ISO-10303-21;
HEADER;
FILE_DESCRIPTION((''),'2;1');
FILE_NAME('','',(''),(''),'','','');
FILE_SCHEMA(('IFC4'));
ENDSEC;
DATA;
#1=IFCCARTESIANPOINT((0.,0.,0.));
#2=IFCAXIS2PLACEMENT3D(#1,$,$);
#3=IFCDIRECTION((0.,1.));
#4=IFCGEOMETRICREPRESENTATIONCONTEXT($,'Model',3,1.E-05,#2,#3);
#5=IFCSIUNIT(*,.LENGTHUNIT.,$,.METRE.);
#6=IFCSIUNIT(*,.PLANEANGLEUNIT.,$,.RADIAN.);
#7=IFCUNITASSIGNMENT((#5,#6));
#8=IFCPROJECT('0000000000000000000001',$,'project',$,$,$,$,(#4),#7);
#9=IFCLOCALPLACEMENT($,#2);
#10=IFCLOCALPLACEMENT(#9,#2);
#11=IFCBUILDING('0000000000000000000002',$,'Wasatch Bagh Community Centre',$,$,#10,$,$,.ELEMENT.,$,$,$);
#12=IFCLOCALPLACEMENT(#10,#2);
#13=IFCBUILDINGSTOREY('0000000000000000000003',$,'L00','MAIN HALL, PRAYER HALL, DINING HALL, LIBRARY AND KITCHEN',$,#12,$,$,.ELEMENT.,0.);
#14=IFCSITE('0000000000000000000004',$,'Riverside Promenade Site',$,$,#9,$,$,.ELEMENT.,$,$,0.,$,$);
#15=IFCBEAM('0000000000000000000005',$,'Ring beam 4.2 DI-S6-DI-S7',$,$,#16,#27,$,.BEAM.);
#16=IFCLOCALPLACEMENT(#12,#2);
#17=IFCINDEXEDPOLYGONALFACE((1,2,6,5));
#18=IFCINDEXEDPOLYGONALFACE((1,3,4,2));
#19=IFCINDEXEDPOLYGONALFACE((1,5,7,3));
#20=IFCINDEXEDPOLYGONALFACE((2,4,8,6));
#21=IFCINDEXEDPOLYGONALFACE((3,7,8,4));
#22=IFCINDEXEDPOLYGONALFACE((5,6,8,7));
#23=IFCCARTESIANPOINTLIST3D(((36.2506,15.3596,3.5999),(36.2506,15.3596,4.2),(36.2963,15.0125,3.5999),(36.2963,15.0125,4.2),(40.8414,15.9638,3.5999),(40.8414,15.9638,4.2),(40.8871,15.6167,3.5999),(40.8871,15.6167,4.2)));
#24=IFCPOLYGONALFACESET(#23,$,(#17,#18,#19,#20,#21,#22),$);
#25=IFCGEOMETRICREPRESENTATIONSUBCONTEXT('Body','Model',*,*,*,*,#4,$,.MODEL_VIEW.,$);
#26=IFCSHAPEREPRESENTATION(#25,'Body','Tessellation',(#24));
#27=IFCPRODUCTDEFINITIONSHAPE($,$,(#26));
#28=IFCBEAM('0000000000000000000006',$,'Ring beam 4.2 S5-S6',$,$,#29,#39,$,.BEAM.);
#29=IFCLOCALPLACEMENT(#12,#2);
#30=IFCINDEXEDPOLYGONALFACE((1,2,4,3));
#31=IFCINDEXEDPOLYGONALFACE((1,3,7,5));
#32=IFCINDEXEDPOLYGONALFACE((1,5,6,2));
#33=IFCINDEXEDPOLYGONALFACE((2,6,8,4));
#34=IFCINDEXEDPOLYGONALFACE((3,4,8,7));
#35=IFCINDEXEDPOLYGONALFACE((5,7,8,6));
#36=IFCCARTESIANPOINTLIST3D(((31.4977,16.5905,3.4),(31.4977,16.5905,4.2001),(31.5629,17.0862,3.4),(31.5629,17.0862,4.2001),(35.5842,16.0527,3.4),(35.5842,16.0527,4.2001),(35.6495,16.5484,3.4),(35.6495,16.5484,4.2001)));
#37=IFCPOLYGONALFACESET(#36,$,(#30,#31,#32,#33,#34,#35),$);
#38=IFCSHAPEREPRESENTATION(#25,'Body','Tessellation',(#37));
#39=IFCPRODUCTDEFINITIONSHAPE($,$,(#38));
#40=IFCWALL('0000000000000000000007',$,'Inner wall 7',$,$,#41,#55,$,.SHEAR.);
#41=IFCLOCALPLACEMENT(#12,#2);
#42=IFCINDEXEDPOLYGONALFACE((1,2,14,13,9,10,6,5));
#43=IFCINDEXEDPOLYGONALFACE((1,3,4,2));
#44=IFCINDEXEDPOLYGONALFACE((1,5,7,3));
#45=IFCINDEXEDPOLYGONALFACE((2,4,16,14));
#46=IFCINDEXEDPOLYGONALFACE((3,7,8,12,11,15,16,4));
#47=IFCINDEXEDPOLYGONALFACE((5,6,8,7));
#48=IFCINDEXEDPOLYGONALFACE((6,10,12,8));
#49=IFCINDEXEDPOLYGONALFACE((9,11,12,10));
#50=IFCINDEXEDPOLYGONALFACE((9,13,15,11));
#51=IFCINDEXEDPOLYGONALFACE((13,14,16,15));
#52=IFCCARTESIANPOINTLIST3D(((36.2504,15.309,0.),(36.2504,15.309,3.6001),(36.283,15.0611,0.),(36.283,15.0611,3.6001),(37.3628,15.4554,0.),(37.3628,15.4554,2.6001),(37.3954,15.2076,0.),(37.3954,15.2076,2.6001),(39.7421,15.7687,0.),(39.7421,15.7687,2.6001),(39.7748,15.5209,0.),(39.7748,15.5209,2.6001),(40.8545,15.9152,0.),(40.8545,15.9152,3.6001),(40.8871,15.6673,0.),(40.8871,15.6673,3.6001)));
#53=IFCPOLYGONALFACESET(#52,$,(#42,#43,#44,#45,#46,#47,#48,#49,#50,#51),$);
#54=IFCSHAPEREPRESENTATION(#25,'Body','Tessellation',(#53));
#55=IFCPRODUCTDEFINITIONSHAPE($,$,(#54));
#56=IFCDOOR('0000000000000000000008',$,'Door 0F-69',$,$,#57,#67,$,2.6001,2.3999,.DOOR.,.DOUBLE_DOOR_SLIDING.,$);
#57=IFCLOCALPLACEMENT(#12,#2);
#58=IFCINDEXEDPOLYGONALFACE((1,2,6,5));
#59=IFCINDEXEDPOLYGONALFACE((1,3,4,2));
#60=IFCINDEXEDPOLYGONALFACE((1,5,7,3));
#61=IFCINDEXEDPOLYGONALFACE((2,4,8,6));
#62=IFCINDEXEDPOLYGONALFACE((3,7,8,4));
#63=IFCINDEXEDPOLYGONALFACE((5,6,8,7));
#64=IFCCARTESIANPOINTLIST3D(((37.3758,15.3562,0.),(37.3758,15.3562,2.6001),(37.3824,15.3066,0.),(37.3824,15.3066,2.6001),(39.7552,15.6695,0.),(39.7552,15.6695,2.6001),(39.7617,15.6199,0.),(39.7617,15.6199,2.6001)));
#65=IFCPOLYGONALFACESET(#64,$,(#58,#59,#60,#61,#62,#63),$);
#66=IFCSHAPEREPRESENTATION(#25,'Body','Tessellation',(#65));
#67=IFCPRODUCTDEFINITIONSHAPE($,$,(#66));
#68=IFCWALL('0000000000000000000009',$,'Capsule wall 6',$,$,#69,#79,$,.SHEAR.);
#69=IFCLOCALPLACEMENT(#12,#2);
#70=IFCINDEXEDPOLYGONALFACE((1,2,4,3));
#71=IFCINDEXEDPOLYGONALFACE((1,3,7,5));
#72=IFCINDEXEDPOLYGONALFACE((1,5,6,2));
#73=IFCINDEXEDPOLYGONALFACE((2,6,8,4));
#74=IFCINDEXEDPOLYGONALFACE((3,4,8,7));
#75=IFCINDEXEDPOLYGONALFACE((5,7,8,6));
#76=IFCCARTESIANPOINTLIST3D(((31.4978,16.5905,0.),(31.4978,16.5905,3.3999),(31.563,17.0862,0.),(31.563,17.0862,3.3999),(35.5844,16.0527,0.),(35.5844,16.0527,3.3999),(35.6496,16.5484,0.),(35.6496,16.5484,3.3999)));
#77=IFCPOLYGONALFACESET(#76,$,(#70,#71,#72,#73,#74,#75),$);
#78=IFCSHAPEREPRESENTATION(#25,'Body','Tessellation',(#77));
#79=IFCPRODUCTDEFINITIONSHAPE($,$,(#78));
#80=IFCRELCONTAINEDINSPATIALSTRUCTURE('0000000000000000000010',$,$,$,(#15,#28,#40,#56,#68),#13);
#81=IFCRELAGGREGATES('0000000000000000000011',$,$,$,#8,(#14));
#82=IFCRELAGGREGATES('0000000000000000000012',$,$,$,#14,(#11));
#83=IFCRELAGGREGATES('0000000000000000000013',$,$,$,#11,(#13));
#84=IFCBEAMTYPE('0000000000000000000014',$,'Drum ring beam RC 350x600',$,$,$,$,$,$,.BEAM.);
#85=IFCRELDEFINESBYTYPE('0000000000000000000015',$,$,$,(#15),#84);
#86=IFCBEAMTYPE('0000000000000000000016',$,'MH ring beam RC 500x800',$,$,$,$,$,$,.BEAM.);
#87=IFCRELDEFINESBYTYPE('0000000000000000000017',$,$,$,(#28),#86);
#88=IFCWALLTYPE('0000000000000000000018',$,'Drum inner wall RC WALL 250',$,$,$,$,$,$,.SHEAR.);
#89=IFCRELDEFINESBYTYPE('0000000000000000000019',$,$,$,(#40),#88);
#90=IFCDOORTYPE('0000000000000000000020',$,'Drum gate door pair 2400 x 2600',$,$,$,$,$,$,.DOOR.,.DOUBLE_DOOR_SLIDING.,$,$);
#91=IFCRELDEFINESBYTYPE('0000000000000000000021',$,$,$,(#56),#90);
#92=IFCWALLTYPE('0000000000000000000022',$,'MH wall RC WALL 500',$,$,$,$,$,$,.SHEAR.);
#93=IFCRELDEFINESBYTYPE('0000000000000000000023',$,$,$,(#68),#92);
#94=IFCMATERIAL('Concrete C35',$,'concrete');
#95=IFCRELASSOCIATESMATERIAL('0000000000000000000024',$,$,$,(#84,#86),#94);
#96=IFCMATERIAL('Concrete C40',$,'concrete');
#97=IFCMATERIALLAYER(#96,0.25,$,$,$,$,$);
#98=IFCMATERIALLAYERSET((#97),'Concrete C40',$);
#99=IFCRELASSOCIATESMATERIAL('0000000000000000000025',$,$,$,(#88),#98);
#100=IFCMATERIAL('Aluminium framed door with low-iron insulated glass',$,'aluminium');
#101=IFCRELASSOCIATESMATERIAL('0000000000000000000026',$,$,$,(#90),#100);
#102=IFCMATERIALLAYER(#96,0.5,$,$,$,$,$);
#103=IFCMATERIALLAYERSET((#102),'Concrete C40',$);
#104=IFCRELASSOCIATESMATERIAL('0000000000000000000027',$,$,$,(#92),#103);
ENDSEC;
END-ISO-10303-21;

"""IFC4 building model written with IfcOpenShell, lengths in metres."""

from ifc_helpers import new_model, si_unit, direction, frame, frame_2d, origin, origin_2d, place, context, subcontext, project, spatial, rectangle, extrude, material, layer, layer_set, material_profile, profile_set, type_object, element, fill, save


model = new_model("IFC4")

# Units and contexts
model_context = context("Model", 3, precision=1e-05, world=origin(), true_north=direction((0.0, 1.0)))
body_context = subcontext(model_context, "Body", "Model", "MODEL_VIEW")
ifc_project = project(units=[si_unit("LENGTHUNIT", "METRE"), si_unit("PLANEANGLEUNIT", "RADIAN")], contexts=[model_context])

# Site, building, storey
site_placement = place(None, origin())
site = spatial("IfcSite", under=ifc_project, at=site_placement, Name="Riverside Promenade Site", CompositionType="ELEMENT", RefElevation=0.0)
building_placement = place(site_placement, origin())
building = spatial("IfcBuilding", under=site, at=building_placement, Name="Wasatch Bagh Community Centre", CompositionType="ELEMENT")
storey_placement = place(building_placement, origin())
storey = spatial("IfcBuildingStorey", under=building, at=storey_placement, Name="L00", Description="MAIN HALL, PRAYER HALL, DINING HALL, LIBRARY AND KITCHEN", CompositionType="ELEMENT", Elevation=0.0)

# Shared definitions
ifc_material_1 = material(Name="Concrete C35", Category="concrete")

# Shared definitions
ifc_material_2 = material(Name="Concrete C40", Category="concrete")

# Beams
ifc_material_profile_1 = material_profile(ifc_material_1, rectangle(XDim=0.3501, YDim=0.6001, at=origin_2d()), Name="RC 350x600")
ifc_profile_set_1 = profile_set([ifc_material_profile_1], Name="Concrete C35")
beam_type_1 = type_object("IfcBeamType", Name="Drum ring beam RC 350x600", PredefinedType="BEAM", material=ifc_profile_set_1)
for number, where, z_axis, x_axis, name in (
    (1, (36.2734, 15.186, 3.8999), (0.991449, 0.130495, 0.0), (-0.130495, 0.991449, 0.0), "Ring beam 4.2 DI-S6-DI-S7"),
):
    element("IfcBeam", number, at=place(storey_placement, frame(where, z_axis=z_axis, x_axis=x_axis)), inside=storey, type_object=beam_type_1, Name=name, PredefinedType="BEAM", context=body_context, shape_type="SweptSolid", body=[
        extrude(rectangle(XDim=0.3501, YDim=0.6001, at=origin_2d()), origin(), (0.0, 0.0, 1.0), 4.6304),
    ])
ifc_material_profile_2 = material_profile(ifc_material_1, rectangle(XDim=0.5, YDim=0.8, at=origin_2d()), Name="RC 500x800")
ifc_profile_set_2 = profile_set([ifc_material_profile_2], Name="Concrete C35")
beam_type_2 = type_object("IfcBeamType", Name="MH ring beam RC 500x800", PredefinedType="BEAM", material=ifc_profile_set_2)
beam_placement = place(storey_placement, frame((31.5303, 16.8384, 3.8), z_axis=(0.99145, -0.130484, 0.0), x_axis=(0.130484, 0.99145, 0.0)))
element("IfcBeam", 2, at=beam_placement, inside=storey, type_object=beam_type_2, Name="Ring beam 4.2 S5-S6", PredefinedType="BEAM", context=body_context, shape_type="SweptSolid", body=[
    extrude(rectangle(XDim=0.5, YDim=0.8, at=origin_2d()), origin(), (0.0, 0.0, 1.0), 4.1218),
])

# Wall, opening, door
ifc_layer_1 = layer(ifc_material_2, 0.25)
ifc_layer_set_1 = layer_set([ifc_layer_1], Name="Concrete C40")
wall_type_1 = type_object("IfcWallType", Name="Drum inner wall RC WALL 250", PredefinedType="SHEAR", material=ifc_layer_set_1)
wall_1_placement = place(storey_placement, frame((36.2668, 15.1851, 0.0), z_axis=(0.0, 0.0, 1.0), x_axis=(0.991443, 0.130542, 0.0)))
wall_1 = element("IfcWall", 3, at=wall_1_placement, inside=storey, type_object=wall_type_1, Name="Inner wall 7", PredefinedType="SHEAR", context=body_context, shape_type="SweptSolid", body=[
    extrude(rectangle(XDim=4.6438, YDim=0.25, at=frame_2d((2.3218, 0.0))), origin(), (0.0, 0.0, 1.0), 3.6001),
])
opening_placement = place(wall_1_placement, frame((1.1218, 0.0, 0.0)))
opening = element("IfcOpeningElement", 4, at=opening_placement, cuts=wall_1, PredefinedType="OPENING", context=body_context, shape_type="SweptSolid", body=[
    extrude(rectangle(XDim=2.3999, YDim=2.6001, at=frame_2d((1.2, 1.3))), frame((0.0, 0.135, 0.0), z_axis=(0.0, -1.0, 0.0), x_axis=(1.0, 0.0, 0.0)), (0.0, 0.0, 1.0), 0.27),
])
ifc_material_3 = material(Name="Aluminium framed door with low-iron insulated glass", Category="aluminium")
door_type = type_object("IfcDoorType", Name="Drum gate door pair 2400 x 2600", OperationType="DOUBLE_DOOR_SLIDING", PredefinedType="DOOR", material=ifc_material_3)
door_placement = place(opening_placement, origin())
door = element("IfcDoor", 5, at=door_placement, inside=storey, type_object=door_type, Name="Door 0F-69", OperationType="DOUBLE_DOOR_SLIDING", OverallHeight=2.6001, OverallWidth=2.3999, PredefinedType="DOOR", context=body_context, shape_type="SweptSolid", body=[
    extrude(rectangle(XDim=2.3999, YDim=2.6001, at=frame_2d((1.2, 1.3))), frame((0.0, 0.0249, 0.0), z_axis=(0.0, -1.0, 0.0), x_axis=(1.0, 0.0, 0.0)), (0.0, 0.0, 1.0), 0.05),
])
fill(opening, door)

# Wall
ifc_layer_2 = layer(ifc_material_2, 0.5)
ifc_layer_set_2 = layer_set([ifc_layer_2], Name="Concrete C40")
wall_type_2 = type_object("IfcWallType", Name="MH wall RC WALL 500", PredefinedType="SHEAR", material=ifc_layer_set_2)
wall_2_placement = place(storey_placement, frame((31.5303, 16.8384, 0.0), z_axis=(0.0, 0.0, 1.0), x_axis=(0.99145, -0.130484, 0.0)))
element("IfcWall", 6, at=wall_2_placement, inside=storey, type_object=wall_type_2, Name="Capsule wall 6", PredefinedType="SHEAR", context=body_context, shape_type="SweptSolid", body=[
    extrude(rectangle(XDim=4.1218, YDim=0.5, at=frame_2d((2.061, 0.0))), origin(), (0.0, 0.0, 1.0), 3.3999),
])

save(model, "model.ifc")
